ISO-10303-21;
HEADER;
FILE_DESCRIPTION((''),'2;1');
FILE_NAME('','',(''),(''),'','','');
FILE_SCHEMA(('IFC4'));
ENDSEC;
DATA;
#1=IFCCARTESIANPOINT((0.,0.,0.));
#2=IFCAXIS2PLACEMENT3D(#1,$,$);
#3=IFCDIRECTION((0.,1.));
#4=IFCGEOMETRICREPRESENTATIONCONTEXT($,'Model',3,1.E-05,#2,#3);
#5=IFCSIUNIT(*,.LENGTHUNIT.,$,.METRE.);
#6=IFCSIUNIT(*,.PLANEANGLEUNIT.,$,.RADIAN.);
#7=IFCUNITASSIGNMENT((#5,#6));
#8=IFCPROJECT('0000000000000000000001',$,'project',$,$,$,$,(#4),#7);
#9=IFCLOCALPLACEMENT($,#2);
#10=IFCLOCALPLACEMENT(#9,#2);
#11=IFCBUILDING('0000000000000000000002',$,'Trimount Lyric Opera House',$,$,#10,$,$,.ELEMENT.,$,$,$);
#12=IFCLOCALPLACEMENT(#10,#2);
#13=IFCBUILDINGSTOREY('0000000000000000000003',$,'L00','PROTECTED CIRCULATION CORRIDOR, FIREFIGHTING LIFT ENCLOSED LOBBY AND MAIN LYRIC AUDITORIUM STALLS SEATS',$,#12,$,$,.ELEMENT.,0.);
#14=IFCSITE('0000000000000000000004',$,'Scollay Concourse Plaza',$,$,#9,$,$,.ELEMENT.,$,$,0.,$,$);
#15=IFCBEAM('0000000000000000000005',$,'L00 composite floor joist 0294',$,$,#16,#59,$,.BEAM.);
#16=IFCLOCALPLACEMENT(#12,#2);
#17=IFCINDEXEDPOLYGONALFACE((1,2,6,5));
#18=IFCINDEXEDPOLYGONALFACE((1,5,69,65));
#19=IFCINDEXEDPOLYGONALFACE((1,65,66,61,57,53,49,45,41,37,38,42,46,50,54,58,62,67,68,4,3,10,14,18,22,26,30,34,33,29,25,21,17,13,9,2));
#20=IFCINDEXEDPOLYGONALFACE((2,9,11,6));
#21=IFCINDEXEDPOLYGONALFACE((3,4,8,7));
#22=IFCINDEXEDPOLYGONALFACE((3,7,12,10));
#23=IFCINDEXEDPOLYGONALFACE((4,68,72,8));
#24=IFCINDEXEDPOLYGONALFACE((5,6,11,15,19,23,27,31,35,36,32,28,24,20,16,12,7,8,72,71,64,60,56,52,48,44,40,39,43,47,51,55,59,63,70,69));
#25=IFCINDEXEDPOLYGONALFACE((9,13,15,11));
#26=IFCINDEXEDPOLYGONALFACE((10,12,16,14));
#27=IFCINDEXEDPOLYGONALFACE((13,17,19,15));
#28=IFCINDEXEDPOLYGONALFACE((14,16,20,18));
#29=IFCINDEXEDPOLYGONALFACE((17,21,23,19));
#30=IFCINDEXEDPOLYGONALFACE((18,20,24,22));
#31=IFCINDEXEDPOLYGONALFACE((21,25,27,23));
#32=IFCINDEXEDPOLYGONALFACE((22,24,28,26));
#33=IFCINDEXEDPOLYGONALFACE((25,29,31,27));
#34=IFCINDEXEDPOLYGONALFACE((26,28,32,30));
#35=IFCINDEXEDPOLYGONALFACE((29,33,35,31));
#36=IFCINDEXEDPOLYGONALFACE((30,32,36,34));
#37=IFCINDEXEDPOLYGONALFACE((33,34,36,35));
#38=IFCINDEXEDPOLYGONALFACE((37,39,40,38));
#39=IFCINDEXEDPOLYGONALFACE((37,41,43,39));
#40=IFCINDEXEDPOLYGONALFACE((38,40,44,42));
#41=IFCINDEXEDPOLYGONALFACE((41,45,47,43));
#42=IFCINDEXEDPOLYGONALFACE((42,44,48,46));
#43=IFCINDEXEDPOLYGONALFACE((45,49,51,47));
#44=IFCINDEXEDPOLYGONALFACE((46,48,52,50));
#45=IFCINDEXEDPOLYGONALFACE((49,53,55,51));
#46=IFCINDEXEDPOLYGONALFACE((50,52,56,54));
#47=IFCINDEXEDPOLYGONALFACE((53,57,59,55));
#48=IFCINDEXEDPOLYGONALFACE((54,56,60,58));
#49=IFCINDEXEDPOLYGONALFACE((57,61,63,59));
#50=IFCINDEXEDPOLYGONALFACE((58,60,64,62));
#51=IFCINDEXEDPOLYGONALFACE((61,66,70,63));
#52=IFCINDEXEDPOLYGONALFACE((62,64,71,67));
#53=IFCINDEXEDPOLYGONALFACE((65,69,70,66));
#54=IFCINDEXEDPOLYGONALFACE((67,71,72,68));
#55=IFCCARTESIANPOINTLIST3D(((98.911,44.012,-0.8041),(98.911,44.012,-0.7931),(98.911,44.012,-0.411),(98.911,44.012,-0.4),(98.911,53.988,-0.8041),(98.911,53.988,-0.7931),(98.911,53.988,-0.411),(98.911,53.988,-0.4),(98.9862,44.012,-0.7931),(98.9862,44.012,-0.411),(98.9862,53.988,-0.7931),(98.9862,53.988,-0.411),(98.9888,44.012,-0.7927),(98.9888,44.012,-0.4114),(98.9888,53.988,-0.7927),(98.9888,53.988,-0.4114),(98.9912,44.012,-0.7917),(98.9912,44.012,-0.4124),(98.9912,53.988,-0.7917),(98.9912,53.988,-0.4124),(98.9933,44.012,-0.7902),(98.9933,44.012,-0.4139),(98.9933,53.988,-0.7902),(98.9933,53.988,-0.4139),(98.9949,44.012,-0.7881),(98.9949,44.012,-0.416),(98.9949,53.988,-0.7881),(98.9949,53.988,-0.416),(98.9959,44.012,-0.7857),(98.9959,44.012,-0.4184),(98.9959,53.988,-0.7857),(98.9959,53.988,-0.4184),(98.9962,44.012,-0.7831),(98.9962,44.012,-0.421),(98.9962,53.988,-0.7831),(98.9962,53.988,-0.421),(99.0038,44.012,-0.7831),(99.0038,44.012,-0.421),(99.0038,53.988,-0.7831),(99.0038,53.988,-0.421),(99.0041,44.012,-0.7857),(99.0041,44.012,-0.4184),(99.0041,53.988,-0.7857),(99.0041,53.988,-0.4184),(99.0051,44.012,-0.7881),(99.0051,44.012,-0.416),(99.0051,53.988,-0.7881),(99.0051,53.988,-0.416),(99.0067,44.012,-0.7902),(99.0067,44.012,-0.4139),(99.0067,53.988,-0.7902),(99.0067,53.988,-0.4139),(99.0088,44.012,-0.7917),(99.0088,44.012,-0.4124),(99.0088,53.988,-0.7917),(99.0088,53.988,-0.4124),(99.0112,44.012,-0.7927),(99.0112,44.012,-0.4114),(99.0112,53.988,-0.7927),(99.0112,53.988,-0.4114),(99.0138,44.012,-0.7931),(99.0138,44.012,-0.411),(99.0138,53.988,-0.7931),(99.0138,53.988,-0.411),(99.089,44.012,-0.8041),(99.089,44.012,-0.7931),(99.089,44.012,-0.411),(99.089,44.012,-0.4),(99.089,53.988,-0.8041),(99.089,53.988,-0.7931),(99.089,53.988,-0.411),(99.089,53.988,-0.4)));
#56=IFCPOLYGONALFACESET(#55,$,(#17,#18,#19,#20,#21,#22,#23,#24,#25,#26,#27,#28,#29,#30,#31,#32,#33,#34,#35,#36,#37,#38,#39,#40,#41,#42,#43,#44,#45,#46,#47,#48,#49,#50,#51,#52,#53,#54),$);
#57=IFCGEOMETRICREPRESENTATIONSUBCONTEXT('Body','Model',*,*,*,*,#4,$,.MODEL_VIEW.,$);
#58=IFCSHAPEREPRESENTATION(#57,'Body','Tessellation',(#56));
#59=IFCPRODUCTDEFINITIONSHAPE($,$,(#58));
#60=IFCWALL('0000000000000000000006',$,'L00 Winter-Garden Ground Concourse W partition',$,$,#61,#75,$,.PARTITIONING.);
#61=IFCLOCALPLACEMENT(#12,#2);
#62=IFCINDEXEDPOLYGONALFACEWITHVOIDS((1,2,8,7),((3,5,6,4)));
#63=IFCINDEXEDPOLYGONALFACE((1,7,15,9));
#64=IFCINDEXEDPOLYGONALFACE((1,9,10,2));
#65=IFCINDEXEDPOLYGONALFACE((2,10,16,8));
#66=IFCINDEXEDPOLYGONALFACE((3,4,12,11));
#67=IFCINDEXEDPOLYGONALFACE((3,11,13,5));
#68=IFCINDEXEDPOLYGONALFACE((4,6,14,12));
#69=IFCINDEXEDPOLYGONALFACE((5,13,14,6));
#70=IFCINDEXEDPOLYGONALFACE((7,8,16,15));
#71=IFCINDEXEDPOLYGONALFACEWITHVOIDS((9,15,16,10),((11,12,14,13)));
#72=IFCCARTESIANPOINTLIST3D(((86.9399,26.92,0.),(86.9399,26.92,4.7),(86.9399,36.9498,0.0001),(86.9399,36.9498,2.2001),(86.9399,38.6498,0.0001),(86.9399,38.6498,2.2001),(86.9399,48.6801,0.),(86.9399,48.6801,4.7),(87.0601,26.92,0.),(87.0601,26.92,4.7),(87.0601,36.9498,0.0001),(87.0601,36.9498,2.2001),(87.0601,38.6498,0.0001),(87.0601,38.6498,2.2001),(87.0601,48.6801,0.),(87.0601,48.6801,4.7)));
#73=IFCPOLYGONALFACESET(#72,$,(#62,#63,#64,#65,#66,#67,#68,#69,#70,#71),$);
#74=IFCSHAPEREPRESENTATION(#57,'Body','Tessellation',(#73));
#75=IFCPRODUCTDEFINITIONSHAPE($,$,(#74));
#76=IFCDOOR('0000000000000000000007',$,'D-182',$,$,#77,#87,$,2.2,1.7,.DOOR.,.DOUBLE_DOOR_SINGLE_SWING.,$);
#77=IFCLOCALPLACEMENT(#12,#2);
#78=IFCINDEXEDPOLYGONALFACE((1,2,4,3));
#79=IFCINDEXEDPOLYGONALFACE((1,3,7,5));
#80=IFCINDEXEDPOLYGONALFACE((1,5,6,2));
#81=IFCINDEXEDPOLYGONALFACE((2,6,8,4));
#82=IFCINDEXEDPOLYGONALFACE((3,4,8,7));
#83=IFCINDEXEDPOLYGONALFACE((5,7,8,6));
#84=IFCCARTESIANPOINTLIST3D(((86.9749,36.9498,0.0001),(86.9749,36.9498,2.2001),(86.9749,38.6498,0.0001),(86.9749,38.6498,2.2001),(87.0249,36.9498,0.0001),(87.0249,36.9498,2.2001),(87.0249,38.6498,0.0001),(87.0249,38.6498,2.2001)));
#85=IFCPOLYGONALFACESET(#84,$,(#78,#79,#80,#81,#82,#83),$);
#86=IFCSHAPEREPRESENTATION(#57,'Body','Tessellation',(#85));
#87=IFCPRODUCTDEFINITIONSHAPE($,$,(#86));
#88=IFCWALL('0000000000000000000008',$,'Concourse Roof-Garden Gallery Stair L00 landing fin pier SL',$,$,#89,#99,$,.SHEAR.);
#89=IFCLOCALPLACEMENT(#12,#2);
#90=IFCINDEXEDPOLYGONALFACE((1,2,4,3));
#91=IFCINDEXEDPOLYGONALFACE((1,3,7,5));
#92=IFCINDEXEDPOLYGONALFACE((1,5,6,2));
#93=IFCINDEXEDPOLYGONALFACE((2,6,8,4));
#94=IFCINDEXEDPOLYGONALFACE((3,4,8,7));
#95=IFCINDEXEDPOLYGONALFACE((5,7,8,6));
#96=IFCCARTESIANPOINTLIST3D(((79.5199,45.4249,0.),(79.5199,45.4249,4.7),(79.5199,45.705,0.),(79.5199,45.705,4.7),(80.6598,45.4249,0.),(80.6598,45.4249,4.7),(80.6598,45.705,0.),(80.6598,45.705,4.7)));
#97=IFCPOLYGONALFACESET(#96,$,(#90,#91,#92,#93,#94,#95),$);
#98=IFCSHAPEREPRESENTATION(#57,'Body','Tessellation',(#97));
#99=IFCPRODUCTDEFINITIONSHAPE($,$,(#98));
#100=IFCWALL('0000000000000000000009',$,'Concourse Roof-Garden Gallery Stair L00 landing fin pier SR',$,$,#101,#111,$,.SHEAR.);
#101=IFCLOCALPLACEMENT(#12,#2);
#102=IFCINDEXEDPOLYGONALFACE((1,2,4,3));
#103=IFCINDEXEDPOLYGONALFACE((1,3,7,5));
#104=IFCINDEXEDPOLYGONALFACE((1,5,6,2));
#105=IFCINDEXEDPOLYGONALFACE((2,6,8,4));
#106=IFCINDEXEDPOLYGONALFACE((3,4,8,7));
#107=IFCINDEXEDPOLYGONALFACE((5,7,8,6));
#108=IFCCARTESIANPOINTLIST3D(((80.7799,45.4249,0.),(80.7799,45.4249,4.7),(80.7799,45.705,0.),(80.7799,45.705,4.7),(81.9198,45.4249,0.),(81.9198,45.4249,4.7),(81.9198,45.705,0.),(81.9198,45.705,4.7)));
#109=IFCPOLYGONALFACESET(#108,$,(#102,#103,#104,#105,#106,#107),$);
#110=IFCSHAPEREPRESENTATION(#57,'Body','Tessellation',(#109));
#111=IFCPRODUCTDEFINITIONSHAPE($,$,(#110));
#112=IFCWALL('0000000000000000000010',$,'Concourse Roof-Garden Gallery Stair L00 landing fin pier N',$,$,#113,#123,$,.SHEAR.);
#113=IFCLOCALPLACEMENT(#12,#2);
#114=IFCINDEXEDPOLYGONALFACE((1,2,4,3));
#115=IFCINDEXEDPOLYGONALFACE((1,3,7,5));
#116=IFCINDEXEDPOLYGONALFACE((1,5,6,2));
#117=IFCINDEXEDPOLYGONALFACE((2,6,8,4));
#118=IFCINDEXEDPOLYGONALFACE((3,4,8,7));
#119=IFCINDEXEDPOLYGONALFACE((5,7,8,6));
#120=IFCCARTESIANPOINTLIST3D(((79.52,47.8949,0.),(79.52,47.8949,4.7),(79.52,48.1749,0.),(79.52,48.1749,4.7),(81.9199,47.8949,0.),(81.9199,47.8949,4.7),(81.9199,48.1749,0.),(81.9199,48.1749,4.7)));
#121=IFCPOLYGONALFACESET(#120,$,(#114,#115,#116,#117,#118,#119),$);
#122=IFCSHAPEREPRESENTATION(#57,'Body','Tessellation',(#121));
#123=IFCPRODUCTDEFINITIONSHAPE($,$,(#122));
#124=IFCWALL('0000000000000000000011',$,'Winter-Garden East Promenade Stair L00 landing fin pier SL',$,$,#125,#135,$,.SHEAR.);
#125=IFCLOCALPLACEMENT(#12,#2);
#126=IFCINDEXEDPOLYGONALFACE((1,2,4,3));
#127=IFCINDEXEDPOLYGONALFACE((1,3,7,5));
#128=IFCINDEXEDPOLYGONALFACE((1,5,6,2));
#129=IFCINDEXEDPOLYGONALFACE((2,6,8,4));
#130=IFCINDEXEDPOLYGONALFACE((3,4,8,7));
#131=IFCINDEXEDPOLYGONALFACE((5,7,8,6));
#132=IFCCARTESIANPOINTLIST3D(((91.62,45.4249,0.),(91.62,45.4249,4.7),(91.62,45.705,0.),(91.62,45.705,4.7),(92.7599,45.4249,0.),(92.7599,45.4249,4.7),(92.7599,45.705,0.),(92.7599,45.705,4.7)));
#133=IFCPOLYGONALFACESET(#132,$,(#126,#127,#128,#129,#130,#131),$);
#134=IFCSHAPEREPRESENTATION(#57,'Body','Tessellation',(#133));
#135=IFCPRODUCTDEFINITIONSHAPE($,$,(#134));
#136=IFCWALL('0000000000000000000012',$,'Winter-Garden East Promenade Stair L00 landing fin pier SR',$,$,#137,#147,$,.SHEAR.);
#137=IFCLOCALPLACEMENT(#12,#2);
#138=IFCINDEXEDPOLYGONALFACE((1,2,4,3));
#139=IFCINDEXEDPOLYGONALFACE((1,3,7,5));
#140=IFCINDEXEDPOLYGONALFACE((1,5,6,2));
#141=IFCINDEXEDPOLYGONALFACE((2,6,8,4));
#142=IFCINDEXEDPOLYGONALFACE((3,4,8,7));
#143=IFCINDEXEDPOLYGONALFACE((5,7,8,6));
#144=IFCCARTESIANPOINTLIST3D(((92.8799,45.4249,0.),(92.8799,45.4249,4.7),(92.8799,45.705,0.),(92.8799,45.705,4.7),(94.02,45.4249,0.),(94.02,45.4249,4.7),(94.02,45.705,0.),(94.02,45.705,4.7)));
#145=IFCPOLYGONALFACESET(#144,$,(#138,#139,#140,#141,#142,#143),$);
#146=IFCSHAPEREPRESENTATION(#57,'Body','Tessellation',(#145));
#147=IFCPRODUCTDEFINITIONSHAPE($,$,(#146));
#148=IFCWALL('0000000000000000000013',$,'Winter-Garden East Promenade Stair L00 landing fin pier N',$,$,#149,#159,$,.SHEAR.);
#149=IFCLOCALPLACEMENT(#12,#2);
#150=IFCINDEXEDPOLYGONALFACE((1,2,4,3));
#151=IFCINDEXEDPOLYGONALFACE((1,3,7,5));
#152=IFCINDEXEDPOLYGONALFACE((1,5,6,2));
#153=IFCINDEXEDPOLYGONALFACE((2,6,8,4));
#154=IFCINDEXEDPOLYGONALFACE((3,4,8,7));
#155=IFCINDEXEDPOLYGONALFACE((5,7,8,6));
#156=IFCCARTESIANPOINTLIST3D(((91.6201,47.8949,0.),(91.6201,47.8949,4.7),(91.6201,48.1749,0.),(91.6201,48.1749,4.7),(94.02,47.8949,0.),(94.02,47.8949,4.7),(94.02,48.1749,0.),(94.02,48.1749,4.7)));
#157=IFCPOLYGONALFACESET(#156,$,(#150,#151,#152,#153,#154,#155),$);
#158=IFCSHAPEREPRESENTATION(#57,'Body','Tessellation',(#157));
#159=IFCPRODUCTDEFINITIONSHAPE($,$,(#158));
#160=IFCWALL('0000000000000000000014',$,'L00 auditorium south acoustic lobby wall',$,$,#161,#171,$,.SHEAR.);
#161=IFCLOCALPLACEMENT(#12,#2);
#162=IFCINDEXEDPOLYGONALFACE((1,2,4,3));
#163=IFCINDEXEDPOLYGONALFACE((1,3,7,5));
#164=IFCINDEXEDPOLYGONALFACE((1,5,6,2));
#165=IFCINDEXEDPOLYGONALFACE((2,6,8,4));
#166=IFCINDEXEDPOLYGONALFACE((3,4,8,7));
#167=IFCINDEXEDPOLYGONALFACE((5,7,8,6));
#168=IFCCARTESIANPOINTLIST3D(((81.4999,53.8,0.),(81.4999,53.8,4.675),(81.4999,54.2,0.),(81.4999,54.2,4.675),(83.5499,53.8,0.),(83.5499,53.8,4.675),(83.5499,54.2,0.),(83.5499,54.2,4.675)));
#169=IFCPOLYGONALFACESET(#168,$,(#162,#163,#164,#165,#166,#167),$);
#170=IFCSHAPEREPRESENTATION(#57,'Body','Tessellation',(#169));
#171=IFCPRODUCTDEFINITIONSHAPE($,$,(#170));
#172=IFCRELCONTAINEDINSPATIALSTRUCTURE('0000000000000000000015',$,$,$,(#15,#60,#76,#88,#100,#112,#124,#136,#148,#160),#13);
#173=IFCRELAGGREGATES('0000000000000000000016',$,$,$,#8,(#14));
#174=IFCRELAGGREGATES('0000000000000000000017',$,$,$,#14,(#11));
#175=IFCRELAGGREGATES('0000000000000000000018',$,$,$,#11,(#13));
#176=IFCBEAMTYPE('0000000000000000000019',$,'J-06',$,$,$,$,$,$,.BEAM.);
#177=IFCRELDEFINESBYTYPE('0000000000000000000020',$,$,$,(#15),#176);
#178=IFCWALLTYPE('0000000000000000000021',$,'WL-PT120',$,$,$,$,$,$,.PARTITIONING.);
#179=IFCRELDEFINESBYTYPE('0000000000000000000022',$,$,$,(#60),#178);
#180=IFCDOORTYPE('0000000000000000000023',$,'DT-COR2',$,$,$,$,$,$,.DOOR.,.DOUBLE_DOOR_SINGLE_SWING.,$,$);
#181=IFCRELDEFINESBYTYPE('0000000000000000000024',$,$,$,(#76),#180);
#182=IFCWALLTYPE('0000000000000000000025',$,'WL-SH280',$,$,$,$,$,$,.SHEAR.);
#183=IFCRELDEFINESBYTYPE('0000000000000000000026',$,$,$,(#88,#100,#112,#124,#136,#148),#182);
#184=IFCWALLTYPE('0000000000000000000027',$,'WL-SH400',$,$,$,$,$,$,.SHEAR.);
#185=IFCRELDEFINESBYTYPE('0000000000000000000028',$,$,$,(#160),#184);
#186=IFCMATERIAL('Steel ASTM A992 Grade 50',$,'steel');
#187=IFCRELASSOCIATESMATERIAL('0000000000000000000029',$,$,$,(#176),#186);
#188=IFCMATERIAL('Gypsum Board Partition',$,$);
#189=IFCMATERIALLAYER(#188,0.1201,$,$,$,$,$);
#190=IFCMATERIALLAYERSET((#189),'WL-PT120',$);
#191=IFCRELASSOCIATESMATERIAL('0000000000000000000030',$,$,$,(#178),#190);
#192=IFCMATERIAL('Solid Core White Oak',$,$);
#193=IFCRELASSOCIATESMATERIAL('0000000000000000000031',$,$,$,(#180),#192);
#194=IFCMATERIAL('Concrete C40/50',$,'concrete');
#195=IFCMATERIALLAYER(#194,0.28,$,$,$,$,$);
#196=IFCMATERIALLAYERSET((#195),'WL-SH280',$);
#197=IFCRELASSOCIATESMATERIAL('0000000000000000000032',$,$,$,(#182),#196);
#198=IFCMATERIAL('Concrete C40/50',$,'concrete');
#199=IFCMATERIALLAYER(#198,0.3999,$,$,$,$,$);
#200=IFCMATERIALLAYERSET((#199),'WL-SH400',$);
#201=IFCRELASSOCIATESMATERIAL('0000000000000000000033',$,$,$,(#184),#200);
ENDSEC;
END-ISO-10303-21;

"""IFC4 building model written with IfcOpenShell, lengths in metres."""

from ifc_helpers import new_model, si_unit, direction, frame, frame_2d, origin, origin_2d, place, context, subcontext, project, spatial, rectangle, i_section, extrude, material, layer, layer_set, material_profile, profile_set, type_object, element, fill, save


model = new_model("IFC4")

# Units and contexts
model_context = context("Model", 3, precision=1e-05, world=origin(), true_north=direction((0.0, 1.0)))
body_context = subcontext(model_context, "Body", "Model", "MODEL_VIEW")
ifc_project = project(units=[si_unit("LENGTHUNIT", "METRE"), si_unit("PLANEANGLEUNIT", "RADIAN")], contexts=[model_context])

# Site, building, storey
site_placement = place(None, origin())
site = spatial("IfcSite", under=ifc_project, at=site_placement, Name="Scollay Concourse Plaza", CompositionType="ELEMENT", RefElevation=0.0)
building_placement = place(site_placement, origin())
building = spatial("IfcBuilding", under=site, at=building_placement, Name="Trimount Lyric Opera House", CompositionType="ELEMENT")
storey_placement = place(building_placement, origin())
storey = spatial("IfcBuildingStorey", under=building, at=storey_placement, Name="L00", Description="PROTECTED CIRCULATION CORRIDOR, FIREFIGHTING LIFT ENCLOSED LOBBY AND MAIN LYRIC AUDITORIUM STALLS SEATS", CompositionType="ELEMENT", Elevation=0.0)

# Beam
ifc_material_1 = material(Name="Steel ASTM A992 Grade 50", Category="steel")
ifc_material_profile_1 = material_profile(ifc_material_1, i_section(OverallWidth=0.178, OverallDepth=0.4041, WebThickness=0.0076, FlangeThickness=0.011, FilletRadius=0.01, at=origin_2d()), Name="W16X36")
ifc_profile_set_1 = profile_set([ifc_material_profile_1], Name="Steel ASTM A992 Grade 50")
beam_type_1 = type_object("IfcBeamType", Name="J-06", PredefinedType="BEAM", material=ifc_profile_set_1)
beam_1_placement = place(storey_placement, frame((99.0, 44.012, -0.6021), z_axis=(0.0, 1.0, 0.0), x_axis=(-1.0, 0.0, 0.0)))
element("IfcBeam", 1, at=beam_1_placement, inside=storey, type_object=beam_type_1, Name="L00 composite floor joist 0294", PredefinedType="BEAM", context=body_context, shape_type="SweptSolid", body=[
    extrude(i_section(OverallWidth=0.178, OverallDepth=0.4041, WebThickness=0.0076, FlangeThickness=0.011, FilletRadius=0.01, at=origin_2d()), origin(), (0.0, 0.0, 1.0), 9.9761),
])

# Wall, opening, door
ifc_material_2 = material(Name="Gypsum Board Partition")
ifc_layer_1 = layer(ifc_material_2, 0.1201)
ifc_layer_set_1 = layer_set([ifc_layer_1], Name="WL-PT120")
wall_type_1 = type_object("IfcWallType", Name="WL-PT120", PredefinedType="PARTITIONING", material=ifc_layer_set_1)
wall_1_placement = place(storey_placement, frame((87.0, 48.6799, 0.0), z_axis=(0.0, 0.0, 1.0), x_axis=(0.0, -1.0, 0.0)))
wall_1 = element("IfcWall", 2, at=wall_1_placement, inside=storey, type_object=wall_type_1, Name="L00 Winter-Garden Ground Concourse W partition", PredefinedType="PARTITIONING", context=body_context, shape_type="SweptSolid", body=[
    extrude(rectangle(XDim=21.76, YDim=0.1201, at=frame_2d((10.8799, 0.0))), origin(), (0.0, 0.0, 1.0), 4.7),
])
opening_placement = place(wall_1_placement, frame((10.03, 0.0, 0.0)))
opening = element("IfcOpeningElement", 3, at=opening_placement, cuts=wall_1, PredefinedType="OPENING", context=body_context, shape_type="SweptSolid", body=[
    extrude(rectangle(XDim=1.7, YDim=2.2, at=frame_2d((0.8501, 1.1001))), frame((0.0, 0.0701, 0.0), z_axis=(0.0, -1.0, 0.0), x_axis=(1.0, 0.0, 0.0)), (0.0, 0.0, 1.0), 0.1401),
])
ifc_material_3 = material(Name="Solid Core White Oak")
door_type = type_object("IfcDoorType", Name="DT-COR2", OperationType="DOUBLE_DOOR_SINGLE_SWING", PredefinedType="DOOR", material=ifc_material_3)
door_placement = place(opening_placement, origin())
door = element("IfcDoor", 4, at=door_placement, inside=storey, type_object=door_type, Name="D-182", OperationType="DOUBLE_DOOR_SINGLE_SWING", OverallHeight=2.2, OverallWidth=1.7, PredefinedType="DOOR", context=body_context, shape_type="SweptSolid", body=[
    extrude(rectangle(XDim=1.7, YDim=2.2, at=frame_2d((0.8501, 1.1001))), frame((0.0, 0.0249, 0.0), z_axis=(0.0, -1.0, 0.0), x_axis=(1.0, 0.0, 0.0)), (0.0, 0.0, 1.0), 0.05),
])
fill(opening, door)

# Walls
ifc_material_4 = material(Name="Concrete C40/50", Category="concrete")
ifc_layer_2 = layer(ifc_material_4, 0.28)
ifc_layer_set_2 = layer_set([ifc_layer_2], Name="WL-SH280")
wall_type_2 = type_object("IfcWallType", Name="WL-SH280", PredefinedType="SHEAR", material=ifc_layer_set_2)
for number, where, z_axis, x_axis, name in (
    (5, (79.52, 45.5649, 0.0), (0.0, 0.0, 1.0), (1.0, 0.0, 0.0), "Concourse Roof-Garden Gallery Stair L00 landing fin pier SL"),
    (6, (80.78, 45.5649, 0.0), (0.0, 0.0, 1.0), (1.0, 0.0, 0.0), "Concourse Roof-Garden Gallery Stair L00 landing fin pier SR"),
):
    element("IfcWall", number, at=place(storey_placement, frame(where, z_axis=z_axis, x_axis=x_axis)), inside=storey, type_object=wall_type_2, Name=name, PredefinedType="SHEAR", context=body_context, shape_type="SweptSolid", body=[
        extrude(rectangle(XDim=1.1399, YDim=0.28, at=frame_2d((0.5698, 0.0))), origin(), (0.0, 0.0, 1.0), 4.7),
    ])
wall_2_placement = place(storey_placement, frame((79.52, 48.0349, 0.0), z_axis=(0.0, 0.0, 1.0), x_axis=(1.0, 0.0, 0.0)))
element("IfcWall", 7, at=wall_2_placement, inside=storey, type_object=wall_type_2, Name="Concourse Roof-Garden Gallery Stair L00 landing fin pier N", PredefinedType="SHEAR", context=body_context, shape_type="SweptSolid", body=[
    extrude(rectangle(XDim=2.3999, YDim=0.28, at=frame_2d((1.2, 0.0))), origin(), (0.0, 0.0, 1.0), 4.7),
])
wall_3_placement = place(storey_placement, frame((91.6201, 45.5649, 0.0), z_axis=(0.0, 0.0, 1.0), x_axis=(1.0, 0.0, 0.0)))
element("IfcWall", 8, at=wall_3_placement, inside=storey, type_object=wall_type_2, Name="Winter-Garden East Promenade Stair L00 landing fin pier SL", PredefinedType="SHEAR", context=body_context, shape_type="SweptSolid", body=[
    extrude(rectangle(XDim=1.1399, YDim=0.28, at=frame_2d((0.5698, 0.0))), origin(), (0.0, 0.0, 1.0), 4.7),
])
wall_4_placement = place(storey_placement, frame((92.8799, 45.5649, 0.0), z_axis=(0.0, 0.0, 1.0), x_axis=(1.0, 0.0, 0.0)))
element("IfcWall", 9, at=wall_4_placement, inside=storey, type_object=wall_type_2, Name="Winter-Garden East Promenade Stair L00 landing fin pier SR", PredefinedType="SHEAR", context=body_context, shape_type="SweptSolid", body=[
    extrude(rectangle(XDim=1.1401, YDim=0.28, at=frame_2d((0.5701, 0.0))), origin(), (0.0, 0.0, 1.0), 4.7),
])
wall_5_placement = place(storey_placement, frame((91.6201, 48.0349, 0.0), z_axis=(0.0, 0.0, 1.0), x_axis=(1.0, 0.0, 0.0)))
element("IfcWall", 10, at=wall_5_placement, inside=storey, type_object=wall_type_2, Name="Winter-Garden East Promenade Stair L00 landing fin pier N", PredefinedType="SHEAR", context=body_context, shape_type="SweptSolid", body=[
    extrude(rectangle(XDim=2.3999, YDim=0.28, at=frame_2d((1.2, 0.0))), origin(), (0.0, 0.0, 1.0), 4.7),
])
ifc_material_5 = material(Name="Concrete C40/50", Category="concrete")
ifc_layer_3 = layer(ifc_material_5, 0.3999)
ifc_layer_set_3 = layer_set([ifc_layer_3], Name="WL-SH400")
wall_type_3 = type_object("IfcWallType", Name="WL-SH400", PredefinedType="SHEAR", material=ifc_layer_set_3)
wall_6_placement = place(storey_placement, frame((81.5, 54.0, 0.0), z_axis=(0.0, 0.0, 1.0), x_axis=(1.0, 0.0, 0.0)))
element("IfcWall", 11, at=wall_6_placement, inside=storey, type_object=wall_type_3, Name="L00 auditorium south acoustic lobby wall", PredefinedType="SHEAR", context=body_context, shape_type="SweptSolid", body=[
    extrude(rectangle(XDim=2.05, YDim=0.3999, at=frame_2d((1.0249, 0.0))), origin(), (0.0, 0.0, 1.0), 4.675),
])

save(model, "model.ifc")
